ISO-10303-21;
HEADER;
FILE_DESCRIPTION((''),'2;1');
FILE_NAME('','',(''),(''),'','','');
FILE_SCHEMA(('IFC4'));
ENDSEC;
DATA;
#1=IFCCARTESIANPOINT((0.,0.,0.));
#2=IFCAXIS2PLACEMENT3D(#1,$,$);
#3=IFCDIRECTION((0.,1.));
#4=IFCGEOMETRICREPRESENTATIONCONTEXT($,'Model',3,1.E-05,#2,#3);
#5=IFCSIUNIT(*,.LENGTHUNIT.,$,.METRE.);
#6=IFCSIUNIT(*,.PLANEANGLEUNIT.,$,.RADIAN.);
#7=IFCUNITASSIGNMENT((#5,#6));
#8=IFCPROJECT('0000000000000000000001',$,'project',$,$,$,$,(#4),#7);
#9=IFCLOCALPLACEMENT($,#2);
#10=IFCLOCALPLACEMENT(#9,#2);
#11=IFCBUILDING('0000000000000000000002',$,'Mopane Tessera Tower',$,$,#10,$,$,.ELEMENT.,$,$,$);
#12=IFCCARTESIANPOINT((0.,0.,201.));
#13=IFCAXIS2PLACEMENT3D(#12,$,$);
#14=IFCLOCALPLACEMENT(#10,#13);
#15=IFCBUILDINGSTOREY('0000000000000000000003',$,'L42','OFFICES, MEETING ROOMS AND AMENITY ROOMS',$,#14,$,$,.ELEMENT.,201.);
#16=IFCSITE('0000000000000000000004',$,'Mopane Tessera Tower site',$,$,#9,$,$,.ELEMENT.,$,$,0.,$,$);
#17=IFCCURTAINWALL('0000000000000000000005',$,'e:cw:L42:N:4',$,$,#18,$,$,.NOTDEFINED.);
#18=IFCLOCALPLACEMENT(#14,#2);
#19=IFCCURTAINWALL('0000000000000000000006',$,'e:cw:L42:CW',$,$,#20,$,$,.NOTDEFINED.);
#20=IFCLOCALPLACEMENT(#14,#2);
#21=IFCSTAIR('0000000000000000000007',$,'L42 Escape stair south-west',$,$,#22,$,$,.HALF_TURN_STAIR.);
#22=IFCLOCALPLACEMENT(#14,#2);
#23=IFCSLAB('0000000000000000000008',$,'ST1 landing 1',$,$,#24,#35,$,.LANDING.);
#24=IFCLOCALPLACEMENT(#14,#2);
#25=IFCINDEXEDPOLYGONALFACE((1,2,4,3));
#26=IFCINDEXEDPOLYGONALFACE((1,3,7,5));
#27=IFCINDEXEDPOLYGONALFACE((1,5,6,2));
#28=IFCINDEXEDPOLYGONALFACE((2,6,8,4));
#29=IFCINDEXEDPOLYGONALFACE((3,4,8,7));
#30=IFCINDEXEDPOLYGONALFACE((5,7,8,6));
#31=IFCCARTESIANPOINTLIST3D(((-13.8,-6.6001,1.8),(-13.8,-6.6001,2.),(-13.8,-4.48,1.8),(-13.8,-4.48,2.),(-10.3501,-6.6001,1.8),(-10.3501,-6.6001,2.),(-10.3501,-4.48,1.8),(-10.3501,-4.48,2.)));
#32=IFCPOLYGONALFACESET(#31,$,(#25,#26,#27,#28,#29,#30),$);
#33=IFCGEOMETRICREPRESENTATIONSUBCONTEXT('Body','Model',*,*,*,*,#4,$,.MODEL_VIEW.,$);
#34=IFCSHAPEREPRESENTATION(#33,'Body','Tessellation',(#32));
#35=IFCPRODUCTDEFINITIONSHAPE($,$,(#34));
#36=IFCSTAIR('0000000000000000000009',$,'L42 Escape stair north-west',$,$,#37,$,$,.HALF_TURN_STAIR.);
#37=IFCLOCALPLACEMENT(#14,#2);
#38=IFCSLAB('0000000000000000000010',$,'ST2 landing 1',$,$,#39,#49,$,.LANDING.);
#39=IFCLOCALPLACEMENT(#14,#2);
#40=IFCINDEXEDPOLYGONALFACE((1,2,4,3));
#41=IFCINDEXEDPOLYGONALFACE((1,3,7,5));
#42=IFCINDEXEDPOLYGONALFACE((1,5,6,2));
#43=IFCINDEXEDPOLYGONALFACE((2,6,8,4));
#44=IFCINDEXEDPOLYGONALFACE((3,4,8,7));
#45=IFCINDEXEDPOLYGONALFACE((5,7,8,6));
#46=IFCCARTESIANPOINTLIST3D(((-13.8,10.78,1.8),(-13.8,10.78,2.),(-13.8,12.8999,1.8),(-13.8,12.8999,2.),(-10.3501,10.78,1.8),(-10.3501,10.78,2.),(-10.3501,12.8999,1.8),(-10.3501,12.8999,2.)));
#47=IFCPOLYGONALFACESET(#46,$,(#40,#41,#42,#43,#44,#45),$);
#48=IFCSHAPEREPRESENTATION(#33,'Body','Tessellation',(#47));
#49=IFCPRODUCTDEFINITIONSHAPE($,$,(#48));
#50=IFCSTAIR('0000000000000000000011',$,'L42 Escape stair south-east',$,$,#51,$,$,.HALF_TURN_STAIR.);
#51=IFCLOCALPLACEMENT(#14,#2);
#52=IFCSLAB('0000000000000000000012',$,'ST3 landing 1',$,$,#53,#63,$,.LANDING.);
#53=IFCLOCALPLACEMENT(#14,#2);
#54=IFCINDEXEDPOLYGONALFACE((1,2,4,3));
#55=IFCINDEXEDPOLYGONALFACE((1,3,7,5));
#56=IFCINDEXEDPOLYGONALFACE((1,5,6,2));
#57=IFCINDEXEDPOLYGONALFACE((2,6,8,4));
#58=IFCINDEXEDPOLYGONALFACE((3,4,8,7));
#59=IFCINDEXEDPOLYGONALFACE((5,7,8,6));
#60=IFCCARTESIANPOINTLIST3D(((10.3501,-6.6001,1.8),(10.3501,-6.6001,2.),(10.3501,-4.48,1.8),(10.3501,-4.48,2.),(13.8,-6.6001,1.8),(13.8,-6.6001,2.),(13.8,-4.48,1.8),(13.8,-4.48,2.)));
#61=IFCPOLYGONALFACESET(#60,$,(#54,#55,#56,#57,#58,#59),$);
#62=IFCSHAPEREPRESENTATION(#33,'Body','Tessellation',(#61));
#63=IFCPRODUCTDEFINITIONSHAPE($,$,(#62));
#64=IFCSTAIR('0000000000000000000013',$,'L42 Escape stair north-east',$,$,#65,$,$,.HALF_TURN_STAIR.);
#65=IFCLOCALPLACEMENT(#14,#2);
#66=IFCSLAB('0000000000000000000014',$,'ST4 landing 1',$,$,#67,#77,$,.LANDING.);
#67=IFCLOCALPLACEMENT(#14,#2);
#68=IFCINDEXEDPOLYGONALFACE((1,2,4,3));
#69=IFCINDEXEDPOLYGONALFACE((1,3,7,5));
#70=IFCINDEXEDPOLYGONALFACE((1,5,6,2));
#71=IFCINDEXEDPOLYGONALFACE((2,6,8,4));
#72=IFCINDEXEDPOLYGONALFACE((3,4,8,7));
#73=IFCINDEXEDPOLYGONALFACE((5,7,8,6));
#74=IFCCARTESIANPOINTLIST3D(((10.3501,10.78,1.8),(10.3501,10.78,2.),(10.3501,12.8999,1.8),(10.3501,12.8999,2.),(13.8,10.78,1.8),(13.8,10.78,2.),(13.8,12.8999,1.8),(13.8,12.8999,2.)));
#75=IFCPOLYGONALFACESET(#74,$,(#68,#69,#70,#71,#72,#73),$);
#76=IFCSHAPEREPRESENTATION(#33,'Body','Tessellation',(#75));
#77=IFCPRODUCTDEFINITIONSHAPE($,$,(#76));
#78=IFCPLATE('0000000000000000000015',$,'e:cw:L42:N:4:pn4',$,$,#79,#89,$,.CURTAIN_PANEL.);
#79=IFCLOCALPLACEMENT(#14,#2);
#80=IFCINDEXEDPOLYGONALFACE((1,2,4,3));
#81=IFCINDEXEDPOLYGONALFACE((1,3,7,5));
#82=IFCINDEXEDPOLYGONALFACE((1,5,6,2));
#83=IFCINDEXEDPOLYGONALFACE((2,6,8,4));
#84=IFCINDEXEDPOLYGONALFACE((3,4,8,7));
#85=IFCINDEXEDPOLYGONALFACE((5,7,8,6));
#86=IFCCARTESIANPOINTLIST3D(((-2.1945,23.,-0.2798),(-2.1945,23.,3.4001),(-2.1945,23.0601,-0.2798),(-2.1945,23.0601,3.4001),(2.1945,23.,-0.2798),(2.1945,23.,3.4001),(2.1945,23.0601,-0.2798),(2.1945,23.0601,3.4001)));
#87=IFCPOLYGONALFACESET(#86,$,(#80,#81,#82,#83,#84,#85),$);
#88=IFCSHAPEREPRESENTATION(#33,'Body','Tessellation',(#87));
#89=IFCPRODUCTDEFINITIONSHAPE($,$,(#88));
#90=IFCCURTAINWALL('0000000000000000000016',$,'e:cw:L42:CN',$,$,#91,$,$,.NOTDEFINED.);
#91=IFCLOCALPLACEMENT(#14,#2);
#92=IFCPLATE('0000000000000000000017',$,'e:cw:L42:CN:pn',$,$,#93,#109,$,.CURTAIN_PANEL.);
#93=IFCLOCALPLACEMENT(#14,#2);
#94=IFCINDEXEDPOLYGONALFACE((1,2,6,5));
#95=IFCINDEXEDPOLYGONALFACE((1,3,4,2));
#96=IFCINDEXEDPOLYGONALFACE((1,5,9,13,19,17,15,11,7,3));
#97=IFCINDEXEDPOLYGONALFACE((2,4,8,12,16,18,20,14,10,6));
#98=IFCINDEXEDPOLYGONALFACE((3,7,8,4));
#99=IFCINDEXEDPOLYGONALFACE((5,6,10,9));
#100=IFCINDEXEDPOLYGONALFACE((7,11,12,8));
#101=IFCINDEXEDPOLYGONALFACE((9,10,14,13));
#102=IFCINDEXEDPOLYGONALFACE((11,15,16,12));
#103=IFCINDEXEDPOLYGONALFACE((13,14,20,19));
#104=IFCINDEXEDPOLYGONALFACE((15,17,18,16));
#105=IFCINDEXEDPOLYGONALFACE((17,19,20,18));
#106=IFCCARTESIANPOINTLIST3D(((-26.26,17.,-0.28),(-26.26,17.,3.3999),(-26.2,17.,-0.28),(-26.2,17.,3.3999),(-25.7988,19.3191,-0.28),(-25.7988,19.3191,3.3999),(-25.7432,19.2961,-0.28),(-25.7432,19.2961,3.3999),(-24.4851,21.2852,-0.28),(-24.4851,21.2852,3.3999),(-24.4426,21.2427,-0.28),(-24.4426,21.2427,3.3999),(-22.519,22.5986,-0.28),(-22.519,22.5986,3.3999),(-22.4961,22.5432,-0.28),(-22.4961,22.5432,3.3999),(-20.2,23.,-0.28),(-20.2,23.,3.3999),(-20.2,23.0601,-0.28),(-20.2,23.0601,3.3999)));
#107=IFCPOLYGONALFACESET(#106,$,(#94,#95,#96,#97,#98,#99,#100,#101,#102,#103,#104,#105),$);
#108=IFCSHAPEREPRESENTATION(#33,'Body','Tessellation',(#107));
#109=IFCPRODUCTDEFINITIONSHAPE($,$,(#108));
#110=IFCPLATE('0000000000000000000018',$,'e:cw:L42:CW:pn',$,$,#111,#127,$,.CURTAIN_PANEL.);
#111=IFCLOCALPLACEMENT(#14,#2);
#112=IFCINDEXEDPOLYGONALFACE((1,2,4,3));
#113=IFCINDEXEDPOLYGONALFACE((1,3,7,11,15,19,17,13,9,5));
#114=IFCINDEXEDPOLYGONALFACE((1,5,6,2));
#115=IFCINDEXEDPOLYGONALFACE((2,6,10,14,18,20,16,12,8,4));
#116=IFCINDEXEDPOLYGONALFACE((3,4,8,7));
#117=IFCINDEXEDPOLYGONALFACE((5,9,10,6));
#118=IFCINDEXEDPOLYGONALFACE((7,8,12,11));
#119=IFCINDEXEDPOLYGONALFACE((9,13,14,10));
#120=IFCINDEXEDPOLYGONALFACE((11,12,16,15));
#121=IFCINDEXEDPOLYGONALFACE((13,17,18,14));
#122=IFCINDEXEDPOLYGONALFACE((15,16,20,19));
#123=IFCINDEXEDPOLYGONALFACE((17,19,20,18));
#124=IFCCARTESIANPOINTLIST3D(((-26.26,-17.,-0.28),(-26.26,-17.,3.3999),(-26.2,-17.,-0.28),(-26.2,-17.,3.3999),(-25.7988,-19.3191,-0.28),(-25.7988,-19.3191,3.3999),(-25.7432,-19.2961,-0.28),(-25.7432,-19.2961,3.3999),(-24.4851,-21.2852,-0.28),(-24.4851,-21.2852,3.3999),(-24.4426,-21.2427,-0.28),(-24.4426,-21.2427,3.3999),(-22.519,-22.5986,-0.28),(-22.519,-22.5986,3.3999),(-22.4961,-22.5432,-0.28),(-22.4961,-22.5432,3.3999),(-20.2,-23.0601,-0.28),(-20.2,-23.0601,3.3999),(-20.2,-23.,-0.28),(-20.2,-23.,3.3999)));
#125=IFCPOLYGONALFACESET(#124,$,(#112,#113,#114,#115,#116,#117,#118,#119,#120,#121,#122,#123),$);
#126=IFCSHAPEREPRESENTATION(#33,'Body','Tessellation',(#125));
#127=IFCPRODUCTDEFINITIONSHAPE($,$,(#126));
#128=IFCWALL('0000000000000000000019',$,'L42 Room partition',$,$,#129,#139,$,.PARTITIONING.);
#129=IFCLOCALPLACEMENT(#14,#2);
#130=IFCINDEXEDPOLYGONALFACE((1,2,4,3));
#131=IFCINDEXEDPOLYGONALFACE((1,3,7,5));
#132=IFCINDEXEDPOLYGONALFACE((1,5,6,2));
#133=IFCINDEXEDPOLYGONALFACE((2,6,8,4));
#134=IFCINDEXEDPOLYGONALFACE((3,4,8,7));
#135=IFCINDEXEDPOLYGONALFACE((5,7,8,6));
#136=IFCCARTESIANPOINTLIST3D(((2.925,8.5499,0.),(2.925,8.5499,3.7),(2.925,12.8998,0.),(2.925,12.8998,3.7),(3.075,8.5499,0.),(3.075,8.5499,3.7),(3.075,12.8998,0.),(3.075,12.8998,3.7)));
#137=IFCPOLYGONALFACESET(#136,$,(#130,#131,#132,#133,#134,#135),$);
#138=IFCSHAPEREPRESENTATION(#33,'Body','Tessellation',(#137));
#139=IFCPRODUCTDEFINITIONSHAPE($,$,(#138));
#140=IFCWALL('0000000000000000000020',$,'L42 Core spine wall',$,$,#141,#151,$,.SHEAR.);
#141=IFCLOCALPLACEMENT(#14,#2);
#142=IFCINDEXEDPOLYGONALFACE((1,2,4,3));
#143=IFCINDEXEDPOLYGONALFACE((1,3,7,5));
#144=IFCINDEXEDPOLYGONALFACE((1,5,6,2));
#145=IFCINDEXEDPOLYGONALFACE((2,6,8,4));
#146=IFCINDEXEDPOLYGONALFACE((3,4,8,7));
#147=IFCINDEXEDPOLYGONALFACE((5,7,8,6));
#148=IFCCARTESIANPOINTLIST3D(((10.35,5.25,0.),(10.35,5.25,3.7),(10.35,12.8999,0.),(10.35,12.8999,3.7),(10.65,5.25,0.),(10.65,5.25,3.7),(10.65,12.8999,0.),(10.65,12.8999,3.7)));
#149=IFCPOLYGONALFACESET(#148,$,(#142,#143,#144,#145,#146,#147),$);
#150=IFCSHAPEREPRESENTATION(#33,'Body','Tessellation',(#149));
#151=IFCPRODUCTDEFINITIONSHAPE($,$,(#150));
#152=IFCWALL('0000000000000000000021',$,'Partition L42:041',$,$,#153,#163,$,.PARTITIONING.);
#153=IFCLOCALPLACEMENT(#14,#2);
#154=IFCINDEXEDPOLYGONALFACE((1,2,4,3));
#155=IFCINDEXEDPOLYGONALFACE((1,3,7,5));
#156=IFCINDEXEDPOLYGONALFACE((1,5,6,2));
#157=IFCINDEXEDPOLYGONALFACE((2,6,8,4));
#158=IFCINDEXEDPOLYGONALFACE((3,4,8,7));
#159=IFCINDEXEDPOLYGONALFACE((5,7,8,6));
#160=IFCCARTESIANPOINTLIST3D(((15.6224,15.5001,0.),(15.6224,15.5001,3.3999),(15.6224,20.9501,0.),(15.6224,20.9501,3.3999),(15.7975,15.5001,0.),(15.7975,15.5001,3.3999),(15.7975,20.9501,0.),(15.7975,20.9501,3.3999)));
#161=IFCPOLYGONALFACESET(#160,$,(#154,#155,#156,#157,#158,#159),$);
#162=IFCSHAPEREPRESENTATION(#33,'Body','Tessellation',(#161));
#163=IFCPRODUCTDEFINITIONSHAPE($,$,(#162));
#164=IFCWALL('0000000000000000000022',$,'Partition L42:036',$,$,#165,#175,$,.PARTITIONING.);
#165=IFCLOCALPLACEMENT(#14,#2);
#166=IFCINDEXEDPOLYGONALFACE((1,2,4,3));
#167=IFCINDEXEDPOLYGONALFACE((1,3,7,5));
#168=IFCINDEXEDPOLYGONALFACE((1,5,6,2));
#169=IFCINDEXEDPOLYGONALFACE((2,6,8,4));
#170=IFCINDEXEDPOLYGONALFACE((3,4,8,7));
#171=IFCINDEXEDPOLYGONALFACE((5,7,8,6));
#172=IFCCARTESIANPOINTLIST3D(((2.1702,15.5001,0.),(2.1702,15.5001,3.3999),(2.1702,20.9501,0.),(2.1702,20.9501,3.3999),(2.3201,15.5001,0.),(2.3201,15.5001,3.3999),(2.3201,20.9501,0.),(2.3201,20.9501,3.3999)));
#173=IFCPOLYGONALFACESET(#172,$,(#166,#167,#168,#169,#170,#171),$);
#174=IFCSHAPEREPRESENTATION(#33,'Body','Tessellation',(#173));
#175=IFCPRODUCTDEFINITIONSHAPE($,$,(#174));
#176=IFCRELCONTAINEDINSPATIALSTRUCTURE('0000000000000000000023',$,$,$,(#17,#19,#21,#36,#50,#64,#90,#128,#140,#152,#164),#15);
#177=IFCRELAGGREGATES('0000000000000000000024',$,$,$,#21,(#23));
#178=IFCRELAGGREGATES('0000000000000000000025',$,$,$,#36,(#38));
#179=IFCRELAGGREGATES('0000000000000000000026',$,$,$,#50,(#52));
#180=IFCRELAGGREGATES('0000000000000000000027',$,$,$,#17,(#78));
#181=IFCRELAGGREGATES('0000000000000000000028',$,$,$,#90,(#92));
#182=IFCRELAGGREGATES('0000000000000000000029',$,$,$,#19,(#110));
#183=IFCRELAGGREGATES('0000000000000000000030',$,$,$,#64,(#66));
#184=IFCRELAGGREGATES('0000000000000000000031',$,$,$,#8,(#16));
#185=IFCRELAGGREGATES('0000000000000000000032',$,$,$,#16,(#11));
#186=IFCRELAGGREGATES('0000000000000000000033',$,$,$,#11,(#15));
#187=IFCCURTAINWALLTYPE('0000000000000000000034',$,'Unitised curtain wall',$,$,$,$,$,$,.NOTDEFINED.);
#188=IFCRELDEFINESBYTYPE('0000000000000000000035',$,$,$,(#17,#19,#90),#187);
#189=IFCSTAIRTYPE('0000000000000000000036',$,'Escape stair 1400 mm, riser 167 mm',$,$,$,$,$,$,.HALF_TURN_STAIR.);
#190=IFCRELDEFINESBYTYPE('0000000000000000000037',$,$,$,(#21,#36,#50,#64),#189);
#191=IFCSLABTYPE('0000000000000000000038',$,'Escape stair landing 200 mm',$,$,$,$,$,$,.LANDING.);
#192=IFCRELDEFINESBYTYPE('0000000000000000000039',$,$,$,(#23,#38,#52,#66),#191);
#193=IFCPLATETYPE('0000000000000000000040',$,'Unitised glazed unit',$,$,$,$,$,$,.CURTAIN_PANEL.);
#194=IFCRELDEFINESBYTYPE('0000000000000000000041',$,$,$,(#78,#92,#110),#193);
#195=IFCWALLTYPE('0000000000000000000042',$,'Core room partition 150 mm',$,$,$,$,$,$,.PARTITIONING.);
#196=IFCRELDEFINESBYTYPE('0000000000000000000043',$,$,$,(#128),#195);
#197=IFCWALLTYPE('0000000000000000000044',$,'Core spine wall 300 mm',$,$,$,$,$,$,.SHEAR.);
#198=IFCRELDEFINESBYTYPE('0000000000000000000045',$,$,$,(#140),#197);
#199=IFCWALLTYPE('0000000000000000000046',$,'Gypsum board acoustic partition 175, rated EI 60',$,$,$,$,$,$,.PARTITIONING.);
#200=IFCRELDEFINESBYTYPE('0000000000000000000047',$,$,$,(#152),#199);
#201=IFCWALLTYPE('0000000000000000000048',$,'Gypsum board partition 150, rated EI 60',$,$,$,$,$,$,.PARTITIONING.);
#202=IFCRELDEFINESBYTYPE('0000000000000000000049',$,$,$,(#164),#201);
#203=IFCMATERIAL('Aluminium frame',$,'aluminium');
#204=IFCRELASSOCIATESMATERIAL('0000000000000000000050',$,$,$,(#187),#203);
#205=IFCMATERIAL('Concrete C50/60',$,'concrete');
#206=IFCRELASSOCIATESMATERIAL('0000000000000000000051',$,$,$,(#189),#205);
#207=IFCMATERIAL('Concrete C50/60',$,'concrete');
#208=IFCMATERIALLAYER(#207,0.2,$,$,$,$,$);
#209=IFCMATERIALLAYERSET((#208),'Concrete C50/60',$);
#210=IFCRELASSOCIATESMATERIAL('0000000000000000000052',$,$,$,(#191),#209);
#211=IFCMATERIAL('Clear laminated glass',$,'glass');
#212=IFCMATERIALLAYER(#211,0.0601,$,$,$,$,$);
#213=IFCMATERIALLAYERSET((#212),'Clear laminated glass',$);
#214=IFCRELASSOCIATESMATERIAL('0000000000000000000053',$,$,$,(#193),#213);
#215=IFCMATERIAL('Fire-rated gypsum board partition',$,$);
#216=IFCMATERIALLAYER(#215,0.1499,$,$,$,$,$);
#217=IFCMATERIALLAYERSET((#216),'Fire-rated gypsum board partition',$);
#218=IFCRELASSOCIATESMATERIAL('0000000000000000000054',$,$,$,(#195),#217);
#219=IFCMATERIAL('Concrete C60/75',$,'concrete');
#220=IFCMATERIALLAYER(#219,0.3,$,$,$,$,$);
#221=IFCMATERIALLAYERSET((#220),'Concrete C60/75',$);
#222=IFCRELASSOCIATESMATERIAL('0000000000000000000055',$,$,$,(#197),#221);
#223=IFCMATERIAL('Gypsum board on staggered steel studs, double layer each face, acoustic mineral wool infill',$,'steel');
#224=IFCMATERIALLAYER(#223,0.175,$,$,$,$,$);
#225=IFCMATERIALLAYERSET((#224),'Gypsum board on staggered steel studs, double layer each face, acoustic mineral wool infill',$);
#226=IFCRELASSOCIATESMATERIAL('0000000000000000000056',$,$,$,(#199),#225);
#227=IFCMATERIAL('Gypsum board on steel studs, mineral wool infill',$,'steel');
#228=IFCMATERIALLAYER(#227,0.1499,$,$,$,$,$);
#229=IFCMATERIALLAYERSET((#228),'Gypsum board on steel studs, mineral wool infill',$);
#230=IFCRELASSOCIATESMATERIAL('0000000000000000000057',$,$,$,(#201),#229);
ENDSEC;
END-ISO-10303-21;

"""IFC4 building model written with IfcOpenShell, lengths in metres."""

from ifc_helpers import new_model, si_unit, direction, frame, frame_2d, origin, origin_2d, place, context, subcontext, project, spatial, polyline, rectangle, outline, extrude, material, layer, layer_set, type_object, element, aggregate, save


model = new_model("IFC4")

# Units and contexts
model_context = context("Model", 3, precision=1e-05, world=origin(), true_north=direction((0.0, 1.0)))
body_context = subcontext(model_context, "Body", "Model", "MODEL_VIEW")
ifc_project = project(units=[si_unit("LENGTHUNIT", "METRE"), si_unit("PLANEANGLEUNIT", "RADIAN")], contexts=[model_context])

# Site, building, storey
site_placement = place(None, origin())
site = spatial("IfcSite", under=ifc_project, at=site_placement, Name="Mopane Tessera Tower site", CompositionType="ELEMENT", RefElevation=0.0)
building_placement = place(site_placement, origin())
building = spatial("IfcBuilding", under=site, at=building_placement, Name="Mopane Tessera Tower", CompositionType="ELEMENT")
storey_placement = place(building_placement, frame((0.0, 0.0, 201.0)))
storey = spatial("IfcBuildingStorey", under=building, at=storey_placement, Name="L42", Description="OFFICES, MEETING ROOMS AND AMENITY ROOMS", CompositionType="ELEMENT", Elevation=201.0)

# Curtain wall
ifc_material_1 = material(Name="Aluminium frame", Category="aluminium")
curtain_wall_type = type_object("IfcCurtainWallType", Name="Unitised curtain wall", PredefinedType="NOTDEFINED", material=ifc_material_1)
curtain_wall_1_placement = place(storey_placement, origin())
curtain_wall_1 = element("IfcCurtainWall", 1, at=curtain_wall_1_placement, inside=storey, type_object=curtain_wall_type, Name="e:cw:L42:N:4", PredefinedType="NOTDEFINED")

# Curtain wall
curtain_wall_2_placement = place(storey_placement, origin())
curtain_wall_2 = element("IfcCurtainWall", 2, at=curtain_wall_2_placement, inside=storey, type_object=curtain_wall_type, Name="e:cw:L42:CW", PredefinedType="NOTDEFINED")

# Stairs, slabs
ifc_material_2 = material(Name="Concrete C50/60", Category="concrete")
stair_type = type_object("IfcStairType", Name="Escape stair 1400 mm, riser 167 mm", PredefinedType="HALF_TURN_STAIR", material=ifc_material_2)
stair_1_placement = place(storey_placement, origin())
stair_1 = element("IfcStair", 3, at=stair_1_placement, inside=storey, type_object=stair_type, Name="L42 Escape stair south-west", PredefinedType="HALF_TURN_STAIR")
ifc_material_3 = material(Name="Concrete C50/60", Category="concrete")
ifc_layer_1 = layer(ifc_material_3, 0.2)
ifc_layer_set_1 = layer_set([ifc_layer_1], Name="Concrete C50/60")
slab_type_1 = type_object("IfcSlabType", Name="Escape stair landing 200 mm", PredefinedType="LANDING", material=ifc_layer_set_1)
slab_1_placement = place(storey_placement, frame((0.0, 0.0, 1.8)))
slab_1 = element("IfcSlab", 4, at=slab_1_placement, type_object=slab_type_1, Name="ST1 landing 1", PredefinedType="LANDING", context=body_context, shape_type="SweptSolid", body=[
    extrude(outline(polyline([(-13.8, -4.48), (-13.8, -6.6001), (-10.3501, -6.6001), (-10.3501, -4.48), (-13.8, -4.48)])), origin(), (0.0, 0.0, 1.0), 0.2),
])
aggregate(stair_1, [slab_1])
stair_2_placement = place(storey_placement, origin())
stair_2 = element("IfcStair", 5, at=stair_2_placement, inside=storey, type_object=stair_type, Name="L42 Escape stair north-west", PredefinedType="HALF_TURN_STAIR")
slab_2_placement = place(storey_placement, frame((0.0, 0.0, 1.8)))
slab_2 = element("IfcSlab", 6, at=slab_2_placement, type_object=slab_type_1, Name="ST2 landing 1", PredefinedType="LANDING", context=body_context, shape_type="SweptSolid", body=[
    extrude(outline(polyline([(-10.3501, 10.78), (-10.3501, 12.8999), (-13.8, 12.8999), (-13.8, 10.78), (-10.3501, 10.78)])), origin(), (0.0, 0.0, 1.0), 0.2),
])
aggregate(stair_2, [slab_2])
stair_3_placement = place(storey_placement, origin())
stair_3 = element("IfcStair", 7, at=stair_3_placement, inside=storey, type_object=stair_type, Name="L42 Escape stair south-east", PredefinedType="HALF_TURN_STAIR")
slab_3_placement = place(storey_placement, frame((0.0, 0.0, 1.8)))
slab_3 = element("IfcSlab", 8, at=slab_3_placement, type_object=slab_type_1, Name="ST3 landing 1", PredefinedType="LANDING", context=body_context, shape_type="SweptSolid", body=[
    extrude(outline(polyline([(10.3501, -4.48), (10.3501, -6.6001), (13.8, -6.6001), (13.8, -4.48), (10.3501, -4.48)])), origin(), (0.0, 0.0, 1.0), 0.2),
])
aggregate(stair_3, [slab_3])
stair_4_placement = place(storey_placement, origin())
stair_4 = element("IfcStair", 9, at=stair_4_placement, inside=storey, type_object=stair_type, Name="L42 Escape stair north-east", PredefinedType="HALF_TURN_STAIR")
slab_4_placement = place(storey_placement, frame((0.0, 0.0, 1.8)))
slab_4 = element("IfcSlab", 10, at=slab_4_placement, type_object=slab_type_1, Name="ST4 landing 1", PredefinedType="LANDING", context=body_context, shape_type="SweptSolid", body=[
    extrude(outline(polyline([(13.8, 10.78), (13.8, 12.8999), (10.3501, 12.8999), (10.3501, 10.78), (13.8, 10.78)])), origin(), (0.0, 0.0, 1.0), 0.2),
])

# Plate
ifc_material_4 = material(Name="Clear laminated glass", Category="glass")
ifc_layer_2 = layer(ifc_material_4, 0.0601)
ifc_layer_set_2 = layer_set([ifc_layer_2], Name="Clear laminated glass")
plate_type = type_object("IfcPlateType", Name="Unitised glazed unit", PredefinedType="CURTAIN_PANEL", material=ifc_layer_set_2)
plate_1_placement = place(storey_placement, frame((0.0, 23.03, -0.2798), z_axis=(0.0, 0.0, 1.0), x_axis=(-1.0, 0.0, 0.0)))
plate_1 = element("IfcPlate", 11, at=plate_1_placement, type_object=plate_type, Name="e:cw:L42:N:4:pn4", PredefinedType="CURTAIN_PANEL", context=body_context, shape_type="SweptSolid", body=[
    extrude(rectangle(XDim=4.3889, YDim=0.0601, at=origin_2d()), origin(), (0.0, 0.0, 1.0), 3.6799),
])
aggregate(curtain_wall_1, [plate_1])

# Curtain wall, plate
curtain_wall_3_placement = place(storey_placement, origin())
curtain_wall_3 = element("IfcCurtainWall", 12, at=curtain_wall_3_placement, inside=storey, type_object=curtain_wall_type, Name="e:cw:L42:CN", PredefinedType="NOTDEFINED")
plate_2_placement = place(storey_placement, frame((0.0, 0.0, -0.28)))
plate_2 = element("IfcPlate", 13, at=plate_2_placement, type_object=plate_type, Name="e:cw:L42:CN:pn", PredefinedType="CURTAIN_PANEL", context=body_context, shape_type="SweptSolid", body=[
    extrude(outline(polyline([(-20.2, 23.0), (-22.4961, 22.5432), (-24.4426, 21.2427), (-25.7432, 19.2961), (-26.2, 17.0), (-26.26, 17.0), (-25.7988, 19.3191), (-24.4851, 21.2852), (-22.519, 22.5986), (-20.2, 23.0601), (-20.2, 23.0)])), origin(), (0.0, 0.0, 1.0), 3.6799),
])
aggregate(curtain_wall_3, [plate_2])

# Plate
plate_3_placement = place(storey_placement, frame((0.0, 0.0, -0.28)))
plate_3 = element("IfcPlate", 14, at=plate_3_placement, type_object=plate_type, Name="e:cw:L42:CW:pn", PredefinedType="CURTAIN_PANEL", context=body_context, shape_type="SweptSolid", body=[
    extrude(outline(polyline([(-26.2, -17.0), (-25.7432, -19.2961), (-24.4426, -21.2427), (-22.4961, -22.5432), (-20.2, -23.0), (-20.2, -23.0601), (-22.519, -22.5986), (-24.4851, -21.2852), (-25.7988, -19.3191), (-26.26, -17.0), (-26.2, -17.0)])), origin(), (0.0, 0.0, 1.0), 3.6799),
])
aggregate(curtain_wall_2, [plate_3])

# Walls
ifc_material_5 = material(Name="Fire-rated gypsum board partition")
ifc_layer_3 = layer(ifc_material_5, 0.1499)
ifc_layer_set_3 = layer_set([ifc_layer_3], Name="Fire-rated gypsum board partition")
wall_type_1 = type_object("IfcWallType", Name="Core room partition 150 mm", PredefinedType="PARTITIONING", material=ifc_layer_set_3)
wall_1_placement = place(storey_placement, frame((3.0, 8.55, 0.0), z_axis=(0.0, 0.0, 1.0), x_axis=(0.0, 1.0, 0.0)))
element("IfcWall", 15, at=wall_1_placement, inside=storey, type_object=wall_type_1, Name="L42 Room partition", PredefinedType="PARTITIONING", context=body_context, shape_type="SweptSolid", body=[
    extrude(rectangle(XDim=4.3499, YDim=0.1499, at=frame_2d((2.1748, 0.0))), origin(), (0.0, 0.0, 1.0), 3.7),
])
ifc_material_6 = material(Name="Concrete C60/75", Category="concrete")
ifc_layer_4 = layer(ifc_material_6, 0.3)
ifc_layer_set_4 = layer_set([ifc_layer_4], Name="Concrete C60/75")
wall_type_2 = type_object("IfcWallType", Name="Core spine wall 300 mm", PredefinedType="SHEAR", material=ifc_layer_set_4)
wall_2_placement = place(storey_placement, frame((10.5, 5.25, 0.0), z_axis=(0.0, 0.0, 1.0), x_axis=(0.0, 1.0, 0.0)))
element("IfcWall", 16, at=wall_2_placement, inside=storey, type_object=wall_type_2, Name="L42 Core spine wall", PredefinedType="SHEAR", context=body_context, shape_type="SweptSolid", body=[
    extrude(rectangle(XDim=7.6499, YDim=0.3, at=frame_2d((3.825, 0.0))), origin(), (0.0, 0.0, 1.0), 3.7),
])
ifc_material_7 = material(Name="Gypsum board on staggered steel studs, double layer each face, acoustic mineral wool infill", Category="steel")
ifc_layer_5 = layer(ifc_material_7, 0.175)
ifc_layer_set_5 = layer_set([ifc_layer_5], Name="Gypsum board on staggered steel studs, double layer each face, acoustic mineral wool infill")
wall_type_3 = type_object("IfcWallType", Name="Gypsum board acoustic partition 175, rated EI 60", PredefinedType="PARTITIONING", material=ifc_layer_set_5)
wall_3_placement = place(storey_placement, frame((15.71, 15.5, 0.0), z_axis=(0.0, 0.0, 1.0), x_axis=(0.0, 1.0, 0.0)))
element("IfcWall", 17, at=wall_3_placement, inside=storey, type_object=wall_type_3, Name="Partition L42:041", PredefinedType="PARTITIONING", context=body_context, shape_type="SweptSolid", body=[
    extrude(rectangle(XDim=5.45, YDim=0.175, at=frame_2d((2.7251, 0.0))), origin(), (0.0, 0.0, 1.0), 3.3999),
])
ifc_material_8 = material(Name="Gypsum board on steel studs, mineral wool infill", Category="steel")
ifc_layer_6 = layer(ifc_material_8, 0.1499)
ifc_layer_set_6 = layer_set([ifc_layer_6], Name="Gypsum board on steel studs, mineral wool infill")
wall_type_4 = type_object("IfcWallType", Name="Gypsum board partition 150, rated EI 60", PredefinedType="PARTITIONING", material=ifc_layer_set_6)
wall_4_placement = place(storey_placement, frame((2.2451, 15.5, 0.0), z_axis=(0.0, 0.0, 1.0), x_axis=(0.0, 1.0, 0.0)))
element("IfcWall", 18, at=wall_4_placement, inside=storey, type_object=wall_type_4, Name="Partition L42:036", PredefinedType="PARTITIONING", context=body_context, shape_type="SweptSolid", body=[
    extrude(rectangle(XDim=5.45, YDim=0.1499, at=frame_2d((2.7251, 0.0))), origin(), (0.0, 0.0, 1.0), 3.3999),
])

aggregate(stair_4, [slab_4])

save(model, "model.ifc")
